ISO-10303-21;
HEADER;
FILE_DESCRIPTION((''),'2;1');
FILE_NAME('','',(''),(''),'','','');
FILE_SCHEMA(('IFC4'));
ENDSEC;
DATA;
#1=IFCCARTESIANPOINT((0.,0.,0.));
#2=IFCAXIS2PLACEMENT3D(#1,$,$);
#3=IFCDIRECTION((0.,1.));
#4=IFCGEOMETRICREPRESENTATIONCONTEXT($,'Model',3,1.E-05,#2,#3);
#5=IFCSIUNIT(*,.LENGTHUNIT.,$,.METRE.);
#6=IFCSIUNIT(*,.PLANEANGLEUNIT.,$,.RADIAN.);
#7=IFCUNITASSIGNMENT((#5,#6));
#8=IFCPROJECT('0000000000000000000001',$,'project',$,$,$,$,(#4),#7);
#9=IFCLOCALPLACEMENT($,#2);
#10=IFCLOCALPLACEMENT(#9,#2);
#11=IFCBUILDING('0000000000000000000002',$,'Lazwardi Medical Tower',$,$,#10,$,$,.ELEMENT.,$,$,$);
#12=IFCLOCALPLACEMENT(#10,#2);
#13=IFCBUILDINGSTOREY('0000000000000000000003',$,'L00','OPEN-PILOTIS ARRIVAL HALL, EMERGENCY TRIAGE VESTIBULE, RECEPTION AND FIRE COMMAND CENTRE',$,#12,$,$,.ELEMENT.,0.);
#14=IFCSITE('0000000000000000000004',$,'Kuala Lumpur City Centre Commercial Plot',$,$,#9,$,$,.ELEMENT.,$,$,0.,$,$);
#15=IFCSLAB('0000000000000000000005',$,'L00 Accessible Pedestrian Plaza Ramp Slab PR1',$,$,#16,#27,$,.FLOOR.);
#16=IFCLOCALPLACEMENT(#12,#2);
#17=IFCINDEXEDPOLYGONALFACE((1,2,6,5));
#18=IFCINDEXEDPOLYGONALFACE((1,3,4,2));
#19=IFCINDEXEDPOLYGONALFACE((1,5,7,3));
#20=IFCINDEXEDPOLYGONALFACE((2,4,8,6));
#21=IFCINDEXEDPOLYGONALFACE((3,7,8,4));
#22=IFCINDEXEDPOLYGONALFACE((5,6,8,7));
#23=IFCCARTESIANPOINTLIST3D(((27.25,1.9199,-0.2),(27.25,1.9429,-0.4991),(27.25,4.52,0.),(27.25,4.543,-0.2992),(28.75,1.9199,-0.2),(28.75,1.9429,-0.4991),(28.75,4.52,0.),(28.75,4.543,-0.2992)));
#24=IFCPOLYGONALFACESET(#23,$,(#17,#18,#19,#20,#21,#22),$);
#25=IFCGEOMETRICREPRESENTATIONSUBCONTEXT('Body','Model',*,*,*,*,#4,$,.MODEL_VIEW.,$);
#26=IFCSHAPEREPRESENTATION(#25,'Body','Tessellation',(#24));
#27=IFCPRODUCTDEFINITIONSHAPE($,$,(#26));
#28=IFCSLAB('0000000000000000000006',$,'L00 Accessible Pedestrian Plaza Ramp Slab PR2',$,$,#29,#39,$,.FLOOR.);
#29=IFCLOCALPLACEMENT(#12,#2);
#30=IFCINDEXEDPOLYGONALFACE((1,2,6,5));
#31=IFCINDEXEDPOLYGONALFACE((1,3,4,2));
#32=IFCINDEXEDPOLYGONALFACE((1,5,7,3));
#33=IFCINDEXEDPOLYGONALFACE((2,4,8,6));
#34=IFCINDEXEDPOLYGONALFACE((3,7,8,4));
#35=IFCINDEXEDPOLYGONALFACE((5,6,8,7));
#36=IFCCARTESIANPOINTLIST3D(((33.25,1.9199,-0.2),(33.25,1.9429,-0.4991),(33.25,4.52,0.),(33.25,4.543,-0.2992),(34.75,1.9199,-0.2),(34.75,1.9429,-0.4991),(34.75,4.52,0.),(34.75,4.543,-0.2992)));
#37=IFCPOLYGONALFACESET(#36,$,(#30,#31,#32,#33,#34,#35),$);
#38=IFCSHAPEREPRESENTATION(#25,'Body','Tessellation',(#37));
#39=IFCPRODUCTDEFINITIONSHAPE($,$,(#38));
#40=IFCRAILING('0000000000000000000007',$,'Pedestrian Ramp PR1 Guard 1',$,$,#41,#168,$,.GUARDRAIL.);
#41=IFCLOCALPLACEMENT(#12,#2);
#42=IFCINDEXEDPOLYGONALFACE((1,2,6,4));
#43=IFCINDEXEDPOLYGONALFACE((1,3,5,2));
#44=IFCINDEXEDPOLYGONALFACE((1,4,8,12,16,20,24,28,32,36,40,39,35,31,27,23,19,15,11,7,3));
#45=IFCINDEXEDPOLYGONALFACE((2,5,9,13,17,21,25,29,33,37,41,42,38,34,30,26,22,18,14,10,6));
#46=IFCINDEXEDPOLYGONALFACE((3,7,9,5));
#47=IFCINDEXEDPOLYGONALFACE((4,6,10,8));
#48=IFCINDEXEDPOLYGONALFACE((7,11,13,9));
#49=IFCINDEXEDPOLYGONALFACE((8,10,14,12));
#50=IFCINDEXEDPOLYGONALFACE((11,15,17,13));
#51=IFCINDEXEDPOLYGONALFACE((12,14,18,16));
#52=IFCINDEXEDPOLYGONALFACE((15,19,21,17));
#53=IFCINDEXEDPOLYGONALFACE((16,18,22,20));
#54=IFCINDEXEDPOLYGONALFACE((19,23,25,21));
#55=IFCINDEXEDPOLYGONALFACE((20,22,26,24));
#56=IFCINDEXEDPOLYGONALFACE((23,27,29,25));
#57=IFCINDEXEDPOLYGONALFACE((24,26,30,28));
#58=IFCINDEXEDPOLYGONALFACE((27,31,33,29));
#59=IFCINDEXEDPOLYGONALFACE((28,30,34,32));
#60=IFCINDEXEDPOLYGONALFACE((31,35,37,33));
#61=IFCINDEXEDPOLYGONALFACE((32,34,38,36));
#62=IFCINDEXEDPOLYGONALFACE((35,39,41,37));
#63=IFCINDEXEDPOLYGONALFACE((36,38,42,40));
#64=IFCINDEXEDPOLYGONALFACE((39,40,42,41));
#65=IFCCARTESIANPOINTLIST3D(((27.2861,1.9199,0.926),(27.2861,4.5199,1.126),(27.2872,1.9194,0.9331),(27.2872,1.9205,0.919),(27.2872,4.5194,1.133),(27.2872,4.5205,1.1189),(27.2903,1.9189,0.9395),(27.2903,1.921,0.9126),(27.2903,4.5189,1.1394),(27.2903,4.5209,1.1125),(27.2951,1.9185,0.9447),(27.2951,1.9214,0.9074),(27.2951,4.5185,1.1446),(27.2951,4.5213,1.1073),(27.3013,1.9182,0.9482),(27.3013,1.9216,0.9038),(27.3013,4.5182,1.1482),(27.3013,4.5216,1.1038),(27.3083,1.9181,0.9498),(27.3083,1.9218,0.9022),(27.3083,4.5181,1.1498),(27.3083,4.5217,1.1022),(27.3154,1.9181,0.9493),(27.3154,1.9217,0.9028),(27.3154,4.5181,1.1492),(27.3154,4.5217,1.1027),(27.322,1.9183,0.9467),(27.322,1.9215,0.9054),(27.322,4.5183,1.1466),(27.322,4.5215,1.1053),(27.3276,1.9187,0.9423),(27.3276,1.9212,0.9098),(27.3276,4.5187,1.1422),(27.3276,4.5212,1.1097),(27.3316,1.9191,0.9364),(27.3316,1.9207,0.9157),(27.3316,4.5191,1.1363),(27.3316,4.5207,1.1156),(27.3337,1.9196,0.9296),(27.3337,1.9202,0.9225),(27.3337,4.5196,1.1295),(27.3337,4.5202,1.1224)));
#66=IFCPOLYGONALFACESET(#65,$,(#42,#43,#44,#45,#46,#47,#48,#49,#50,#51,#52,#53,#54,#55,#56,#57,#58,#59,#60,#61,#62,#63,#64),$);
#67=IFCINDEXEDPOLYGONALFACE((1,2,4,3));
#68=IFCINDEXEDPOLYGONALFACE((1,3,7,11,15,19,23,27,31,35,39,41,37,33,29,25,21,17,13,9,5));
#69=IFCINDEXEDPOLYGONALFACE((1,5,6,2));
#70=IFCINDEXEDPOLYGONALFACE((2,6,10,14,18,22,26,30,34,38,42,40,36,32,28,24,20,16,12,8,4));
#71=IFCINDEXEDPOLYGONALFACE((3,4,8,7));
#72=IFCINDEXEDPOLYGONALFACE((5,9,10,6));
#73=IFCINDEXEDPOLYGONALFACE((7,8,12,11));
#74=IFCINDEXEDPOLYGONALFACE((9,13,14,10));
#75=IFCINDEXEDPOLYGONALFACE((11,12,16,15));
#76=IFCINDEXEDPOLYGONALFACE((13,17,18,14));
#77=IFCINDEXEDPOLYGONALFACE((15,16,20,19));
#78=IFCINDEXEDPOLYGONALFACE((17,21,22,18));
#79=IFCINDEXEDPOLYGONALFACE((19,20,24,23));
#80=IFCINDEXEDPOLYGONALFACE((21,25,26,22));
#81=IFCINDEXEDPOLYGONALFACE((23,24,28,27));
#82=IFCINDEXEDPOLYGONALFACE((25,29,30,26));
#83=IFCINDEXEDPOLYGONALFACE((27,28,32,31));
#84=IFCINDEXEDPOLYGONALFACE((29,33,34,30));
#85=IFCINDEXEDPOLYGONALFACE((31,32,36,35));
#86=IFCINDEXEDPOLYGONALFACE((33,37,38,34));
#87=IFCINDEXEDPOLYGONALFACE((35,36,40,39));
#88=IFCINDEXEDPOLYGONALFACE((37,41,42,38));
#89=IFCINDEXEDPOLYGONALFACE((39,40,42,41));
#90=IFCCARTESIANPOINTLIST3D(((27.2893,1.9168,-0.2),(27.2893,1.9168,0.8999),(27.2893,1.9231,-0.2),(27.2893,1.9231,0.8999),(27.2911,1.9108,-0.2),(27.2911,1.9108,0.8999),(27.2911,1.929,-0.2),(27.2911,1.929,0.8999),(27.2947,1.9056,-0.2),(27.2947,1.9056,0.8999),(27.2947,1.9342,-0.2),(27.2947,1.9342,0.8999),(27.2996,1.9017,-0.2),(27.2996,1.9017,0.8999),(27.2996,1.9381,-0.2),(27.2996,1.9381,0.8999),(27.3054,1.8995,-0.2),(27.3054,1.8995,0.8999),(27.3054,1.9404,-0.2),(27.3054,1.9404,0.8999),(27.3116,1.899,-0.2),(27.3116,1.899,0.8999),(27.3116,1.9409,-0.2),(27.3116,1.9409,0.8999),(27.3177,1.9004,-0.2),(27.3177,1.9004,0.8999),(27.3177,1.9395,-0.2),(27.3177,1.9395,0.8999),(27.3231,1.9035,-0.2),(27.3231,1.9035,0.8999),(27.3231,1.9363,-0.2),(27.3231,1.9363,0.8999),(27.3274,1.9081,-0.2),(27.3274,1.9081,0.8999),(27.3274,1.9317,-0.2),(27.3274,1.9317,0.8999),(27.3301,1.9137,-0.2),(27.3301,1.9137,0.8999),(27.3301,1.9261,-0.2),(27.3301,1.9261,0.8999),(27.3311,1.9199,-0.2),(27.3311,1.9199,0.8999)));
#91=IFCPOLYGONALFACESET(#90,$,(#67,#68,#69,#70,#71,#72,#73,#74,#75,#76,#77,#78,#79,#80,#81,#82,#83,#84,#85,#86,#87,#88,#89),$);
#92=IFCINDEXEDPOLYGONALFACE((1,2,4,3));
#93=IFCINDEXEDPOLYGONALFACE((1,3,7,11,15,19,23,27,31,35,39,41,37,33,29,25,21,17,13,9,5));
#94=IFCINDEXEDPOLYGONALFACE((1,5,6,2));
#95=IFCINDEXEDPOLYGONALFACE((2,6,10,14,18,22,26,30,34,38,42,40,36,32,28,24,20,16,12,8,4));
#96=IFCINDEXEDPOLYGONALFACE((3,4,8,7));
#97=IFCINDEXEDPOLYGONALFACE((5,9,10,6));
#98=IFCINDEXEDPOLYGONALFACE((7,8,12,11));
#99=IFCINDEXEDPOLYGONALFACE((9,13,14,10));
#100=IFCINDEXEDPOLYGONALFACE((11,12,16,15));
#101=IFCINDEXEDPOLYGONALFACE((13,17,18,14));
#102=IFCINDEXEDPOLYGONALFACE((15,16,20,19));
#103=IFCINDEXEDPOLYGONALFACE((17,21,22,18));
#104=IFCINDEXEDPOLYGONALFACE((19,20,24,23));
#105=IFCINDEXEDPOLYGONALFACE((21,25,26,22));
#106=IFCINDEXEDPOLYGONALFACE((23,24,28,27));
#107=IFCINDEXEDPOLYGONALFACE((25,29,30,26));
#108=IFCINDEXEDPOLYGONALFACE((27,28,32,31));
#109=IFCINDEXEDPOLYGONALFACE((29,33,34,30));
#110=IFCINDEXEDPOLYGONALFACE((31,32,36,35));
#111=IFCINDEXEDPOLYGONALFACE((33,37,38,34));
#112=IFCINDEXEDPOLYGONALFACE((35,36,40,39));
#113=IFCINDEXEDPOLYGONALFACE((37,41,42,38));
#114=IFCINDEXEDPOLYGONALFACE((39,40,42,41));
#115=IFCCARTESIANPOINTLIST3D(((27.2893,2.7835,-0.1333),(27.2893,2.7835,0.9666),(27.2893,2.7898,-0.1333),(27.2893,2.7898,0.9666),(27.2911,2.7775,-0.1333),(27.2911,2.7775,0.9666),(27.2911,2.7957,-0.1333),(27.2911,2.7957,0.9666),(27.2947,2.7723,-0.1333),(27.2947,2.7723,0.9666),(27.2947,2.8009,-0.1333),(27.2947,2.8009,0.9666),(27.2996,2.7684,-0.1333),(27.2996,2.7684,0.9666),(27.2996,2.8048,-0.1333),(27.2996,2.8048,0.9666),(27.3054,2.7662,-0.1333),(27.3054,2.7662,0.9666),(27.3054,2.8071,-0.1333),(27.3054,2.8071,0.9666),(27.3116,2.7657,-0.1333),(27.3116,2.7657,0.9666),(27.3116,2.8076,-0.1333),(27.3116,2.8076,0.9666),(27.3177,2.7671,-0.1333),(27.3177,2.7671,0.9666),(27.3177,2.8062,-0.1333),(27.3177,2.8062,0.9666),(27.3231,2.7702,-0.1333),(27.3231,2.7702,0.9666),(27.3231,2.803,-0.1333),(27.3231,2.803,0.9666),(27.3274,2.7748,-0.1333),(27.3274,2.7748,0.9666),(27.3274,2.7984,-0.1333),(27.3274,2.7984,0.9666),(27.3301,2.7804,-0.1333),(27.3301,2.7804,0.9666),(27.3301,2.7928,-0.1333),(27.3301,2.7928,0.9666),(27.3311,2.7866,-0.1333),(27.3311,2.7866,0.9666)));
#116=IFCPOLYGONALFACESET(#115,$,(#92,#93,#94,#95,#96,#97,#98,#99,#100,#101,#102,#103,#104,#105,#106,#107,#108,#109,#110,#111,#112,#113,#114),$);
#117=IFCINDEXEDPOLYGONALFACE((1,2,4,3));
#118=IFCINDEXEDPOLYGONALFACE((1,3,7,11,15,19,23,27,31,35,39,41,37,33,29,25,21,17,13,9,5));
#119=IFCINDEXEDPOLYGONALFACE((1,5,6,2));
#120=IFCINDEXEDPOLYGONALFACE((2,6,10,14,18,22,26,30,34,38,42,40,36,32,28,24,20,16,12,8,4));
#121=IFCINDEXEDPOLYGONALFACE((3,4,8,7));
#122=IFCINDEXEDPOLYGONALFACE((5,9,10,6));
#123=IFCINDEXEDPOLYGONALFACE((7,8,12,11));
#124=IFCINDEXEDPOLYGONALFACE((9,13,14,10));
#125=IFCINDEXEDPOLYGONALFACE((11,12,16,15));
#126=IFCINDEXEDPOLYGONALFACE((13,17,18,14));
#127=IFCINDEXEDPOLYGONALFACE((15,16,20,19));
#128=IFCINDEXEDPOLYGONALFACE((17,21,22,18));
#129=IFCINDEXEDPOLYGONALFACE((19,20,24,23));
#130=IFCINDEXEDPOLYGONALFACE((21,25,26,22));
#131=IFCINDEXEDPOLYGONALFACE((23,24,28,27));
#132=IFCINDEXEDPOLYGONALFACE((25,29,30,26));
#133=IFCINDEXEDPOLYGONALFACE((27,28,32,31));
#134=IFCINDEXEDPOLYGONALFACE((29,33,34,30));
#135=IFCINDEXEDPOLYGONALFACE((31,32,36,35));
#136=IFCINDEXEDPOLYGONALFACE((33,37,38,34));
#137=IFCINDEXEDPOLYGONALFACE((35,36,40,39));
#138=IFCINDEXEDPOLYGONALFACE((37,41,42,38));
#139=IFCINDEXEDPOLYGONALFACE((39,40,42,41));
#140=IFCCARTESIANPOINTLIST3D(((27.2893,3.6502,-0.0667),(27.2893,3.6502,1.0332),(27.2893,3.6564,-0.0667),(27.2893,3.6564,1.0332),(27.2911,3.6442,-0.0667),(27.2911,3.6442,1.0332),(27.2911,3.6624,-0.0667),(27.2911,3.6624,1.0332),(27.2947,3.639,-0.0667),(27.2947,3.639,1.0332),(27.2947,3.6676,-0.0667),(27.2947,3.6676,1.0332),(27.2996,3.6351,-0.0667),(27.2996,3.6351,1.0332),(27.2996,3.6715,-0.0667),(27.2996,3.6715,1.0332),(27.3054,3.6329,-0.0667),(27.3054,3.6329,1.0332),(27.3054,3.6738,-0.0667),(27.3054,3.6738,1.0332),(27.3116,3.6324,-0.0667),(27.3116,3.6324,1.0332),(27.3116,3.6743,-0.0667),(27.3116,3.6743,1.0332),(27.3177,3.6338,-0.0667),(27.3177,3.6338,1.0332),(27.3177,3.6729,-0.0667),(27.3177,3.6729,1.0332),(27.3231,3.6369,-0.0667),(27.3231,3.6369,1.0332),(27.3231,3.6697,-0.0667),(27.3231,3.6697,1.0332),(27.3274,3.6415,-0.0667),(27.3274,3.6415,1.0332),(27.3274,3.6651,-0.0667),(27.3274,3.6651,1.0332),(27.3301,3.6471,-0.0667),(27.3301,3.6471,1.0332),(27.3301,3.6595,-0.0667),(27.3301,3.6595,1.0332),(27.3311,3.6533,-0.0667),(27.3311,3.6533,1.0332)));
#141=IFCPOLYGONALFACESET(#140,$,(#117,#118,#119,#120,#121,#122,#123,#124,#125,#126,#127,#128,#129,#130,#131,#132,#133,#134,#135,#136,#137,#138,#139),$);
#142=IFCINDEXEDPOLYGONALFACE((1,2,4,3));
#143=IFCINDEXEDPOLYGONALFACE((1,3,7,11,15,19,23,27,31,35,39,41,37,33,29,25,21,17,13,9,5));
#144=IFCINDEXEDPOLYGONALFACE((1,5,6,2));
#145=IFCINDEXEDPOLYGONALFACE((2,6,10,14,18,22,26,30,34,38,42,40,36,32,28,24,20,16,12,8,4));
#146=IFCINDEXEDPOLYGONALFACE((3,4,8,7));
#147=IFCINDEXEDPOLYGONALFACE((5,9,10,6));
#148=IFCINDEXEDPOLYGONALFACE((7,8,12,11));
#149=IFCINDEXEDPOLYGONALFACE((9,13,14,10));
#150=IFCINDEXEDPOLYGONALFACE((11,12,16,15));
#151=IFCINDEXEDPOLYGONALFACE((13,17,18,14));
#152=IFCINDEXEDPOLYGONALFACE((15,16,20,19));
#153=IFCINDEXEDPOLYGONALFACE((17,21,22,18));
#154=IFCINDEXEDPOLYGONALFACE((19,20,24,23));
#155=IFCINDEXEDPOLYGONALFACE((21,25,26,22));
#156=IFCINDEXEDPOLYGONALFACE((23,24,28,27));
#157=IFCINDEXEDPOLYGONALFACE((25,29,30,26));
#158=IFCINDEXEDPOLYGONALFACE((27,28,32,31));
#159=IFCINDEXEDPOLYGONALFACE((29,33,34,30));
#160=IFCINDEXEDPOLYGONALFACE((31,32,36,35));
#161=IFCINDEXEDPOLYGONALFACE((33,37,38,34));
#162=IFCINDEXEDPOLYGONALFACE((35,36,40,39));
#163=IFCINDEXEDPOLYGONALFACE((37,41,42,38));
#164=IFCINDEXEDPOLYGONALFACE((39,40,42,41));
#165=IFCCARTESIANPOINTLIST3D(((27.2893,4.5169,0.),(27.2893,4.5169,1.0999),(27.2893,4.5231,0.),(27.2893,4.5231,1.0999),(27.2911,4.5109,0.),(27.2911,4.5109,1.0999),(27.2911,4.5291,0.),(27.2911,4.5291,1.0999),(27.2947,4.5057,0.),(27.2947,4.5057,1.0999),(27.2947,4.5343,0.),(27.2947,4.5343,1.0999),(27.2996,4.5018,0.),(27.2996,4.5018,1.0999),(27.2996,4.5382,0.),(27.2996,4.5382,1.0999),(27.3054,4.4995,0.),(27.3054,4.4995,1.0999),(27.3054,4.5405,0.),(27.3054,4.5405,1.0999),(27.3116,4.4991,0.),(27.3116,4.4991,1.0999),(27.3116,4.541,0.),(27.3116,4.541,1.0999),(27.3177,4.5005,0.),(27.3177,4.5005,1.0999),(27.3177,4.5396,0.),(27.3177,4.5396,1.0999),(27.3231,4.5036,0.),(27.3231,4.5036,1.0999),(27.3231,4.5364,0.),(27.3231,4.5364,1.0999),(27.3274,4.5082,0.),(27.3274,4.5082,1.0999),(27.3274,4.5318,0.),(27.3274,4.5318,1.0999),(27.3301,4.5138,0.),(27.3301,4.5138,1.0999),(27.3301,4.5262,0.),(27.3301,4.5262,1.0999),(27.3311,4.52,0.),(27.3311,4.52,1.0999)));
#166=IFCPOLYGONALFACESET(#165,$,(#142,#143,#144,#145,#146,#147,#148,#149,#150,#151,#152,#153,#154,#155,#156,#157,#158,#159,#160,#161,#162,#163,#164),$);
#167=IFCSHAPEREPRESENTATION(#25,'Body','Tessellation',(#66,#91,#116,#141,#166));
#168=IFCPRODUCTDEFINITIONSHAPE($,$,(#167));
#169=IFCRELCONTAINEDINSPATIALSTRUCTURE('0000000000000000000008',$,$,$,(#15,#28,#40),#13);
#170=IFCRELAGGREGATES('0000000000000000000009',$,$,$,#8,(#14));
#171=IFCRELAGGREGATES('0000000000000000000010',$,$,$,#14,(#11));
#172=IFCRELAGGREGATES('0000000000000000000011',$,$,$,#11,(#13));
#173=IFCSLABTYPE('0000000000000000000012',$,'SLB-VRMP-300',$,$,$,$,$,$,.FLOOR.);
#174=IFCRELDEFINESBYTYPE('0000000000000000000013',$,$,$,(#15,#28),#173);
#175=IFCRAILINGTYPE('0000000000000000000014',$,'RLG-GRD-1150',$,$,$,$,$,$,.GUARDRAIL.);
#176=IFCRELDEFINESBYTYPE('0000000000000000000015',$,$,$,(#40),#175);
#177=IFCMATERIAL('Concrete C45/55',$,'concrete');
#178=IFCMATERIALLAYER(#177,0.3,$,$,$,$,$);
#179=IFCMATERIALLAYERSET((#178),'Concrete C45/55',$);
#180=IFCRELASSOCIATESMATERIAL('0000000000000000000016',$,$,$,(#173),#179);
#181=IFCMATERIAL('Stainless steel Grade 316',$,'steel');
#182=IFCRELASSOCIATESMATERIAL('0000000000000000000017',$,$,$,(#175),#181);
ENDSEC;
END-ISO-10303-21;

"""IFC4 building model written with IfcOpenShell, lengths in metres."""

from ifc_helpers import new_model, si_unit, direction, frame, origin, origin_2d, place, context, subcontext, project, spatial, polyline, circle, outline, extrude, material, layer, layer_set, type_object, element, save


model = new_model("IFC4")

# Units and contexts
model_context = context("Model", 3, precision=1e-05, world=origin(), true_north=direction((0.0, 1.0)))
body_context = subcontext(model_context, "Body", "Model", "MODEL_VIEW")
ifc_project = project(units=[si_unit("LENGTHUNIT", "METRE"), si_unit("PLANEANGLEUNIT", "RADIAN")], contexts=[model_context])

# Site, building, storey
site_placement = place(None, origin())
site = spatial("IfcSite", under=ifc_project, at=site_placement, Name="Kuala Lumpur City Centre Commercial Plot", CompositionType="ELEMENT", RefElevation=0.0)
building_placement = place(site_placement, origin())
building = spatial("IfcBuilding", under=site, at=building_placement, Name="Lazwardi Medical Tower", CompositionType="ELEMENT")
storey_placement = place(building_placement, origin())
storey = spatial("IfcBuildingStorey", under=building, at=storey_placement, Name="L00", Description="OPEN-PILOTIS ARRIVAL HALL, EMERGENCY TRIAGE VESTIBULE, RECEPTION AND FIRE COMMAND CENTRE", CompositionType="ELEMENT", Elevation=0.0)

# Slabs
ifc_material_1 = material(Name="Concrete C45/55", Category="concrete")
ifc_layer_1 = layer(ifc_material_1, 0.3)
ifc_layer_set_1 = layer_set([ifc_layer_1], Name="Concrete C45/55")
slab_type = type_object("IfcSlabType", Name="SLB-VRMP-300", PredefinedType="FLOOR", material=ifc_layer_set_1)
for number, where, z_axis, x_axis, name in (
    (1, (27.25, 1.9199, -0.2), (0.0, -0.076675, 0.997056), (1.0, 0.0, 0.0), "L00 Accessible Pedestrian Plaza Ramp Slab PR1"),
    (2, (33.25, 1.9199, -0.2), (0.0, -0.076675, 0.997056), (1.0, 0.0, 0.0), "L00 Accessible Pedestrian Plaza Ramp Slab PR2"),
):
    element("IfcSlab", number, at=place(storey_placement, frame(where, z_axis=z_axis, x_axis=x_axis)), inside=storey, type_object=slab_type, Name=name, PredefinedType="FLOOR", context=body_context, shape_type="SweptSolid", body=[
        extrude(outline(polyline([(0.0, 0.0), (1.5, 0.0), (1.5, 2.6078), (0.0, 2.6078), (0.0, 0.0)])), origin(), (0.0, 0.0, -1.0), 0.3),
    ])

# Railing
ifc_material_2 = material(Name="Stainless steel Grade 316", Category="steel")
railing_type = type_object("IfcRailingType", Name="RLG-GRD-1150", PredefinedType="GUARDRAIL", material=ifc_material_2)
for number, where, name in (
    (3, (27.3101, 1.9199, -0.2), "Pedestrian Ramp PR1 Guard 1"),
):
    element("IfcRailing", number, at=place(storey_placement, frame(where)), inside=storey, type_object=railing_type, Name=name, PredefinedType="GUARDRAIL", context=body_context, shape_type="SweptSolid", body=[
        extrude(circle(Radius=0.0239, at=origin_2d()), frame((0.0, 0.0, 1.126), z_axis=(0.0, 0.997056, 0.076675), x_axis=(-1.0, 0.0, 0.0)), (0.0, 0.0, 1.0), 2.6077),
        extrude(circle(Radius=0.021, at=origin_2d()), origin(), (0.0, 0.0, 1.0), 1.0999),
        extrude(circle(Radius=0.021, at=origin_2d()), frame((0.0, 0.8667, 0.0667)), (0.0, 0.0, 1.0), 1.0999),
        extrude(circle(Radius=0.021, at=origin_2d()), frame((0.0, 1.7334, 0.1333)), (0.0, 0.0, 1.0), 1.0999),
        extrude(circle(Radius=0.021, at=origin_2d()), frame((0.0, 2.6001, 0.2)), (0.0, 0.0, 1.0), 1.0999),
    ])

save(model, "model.ifc")
